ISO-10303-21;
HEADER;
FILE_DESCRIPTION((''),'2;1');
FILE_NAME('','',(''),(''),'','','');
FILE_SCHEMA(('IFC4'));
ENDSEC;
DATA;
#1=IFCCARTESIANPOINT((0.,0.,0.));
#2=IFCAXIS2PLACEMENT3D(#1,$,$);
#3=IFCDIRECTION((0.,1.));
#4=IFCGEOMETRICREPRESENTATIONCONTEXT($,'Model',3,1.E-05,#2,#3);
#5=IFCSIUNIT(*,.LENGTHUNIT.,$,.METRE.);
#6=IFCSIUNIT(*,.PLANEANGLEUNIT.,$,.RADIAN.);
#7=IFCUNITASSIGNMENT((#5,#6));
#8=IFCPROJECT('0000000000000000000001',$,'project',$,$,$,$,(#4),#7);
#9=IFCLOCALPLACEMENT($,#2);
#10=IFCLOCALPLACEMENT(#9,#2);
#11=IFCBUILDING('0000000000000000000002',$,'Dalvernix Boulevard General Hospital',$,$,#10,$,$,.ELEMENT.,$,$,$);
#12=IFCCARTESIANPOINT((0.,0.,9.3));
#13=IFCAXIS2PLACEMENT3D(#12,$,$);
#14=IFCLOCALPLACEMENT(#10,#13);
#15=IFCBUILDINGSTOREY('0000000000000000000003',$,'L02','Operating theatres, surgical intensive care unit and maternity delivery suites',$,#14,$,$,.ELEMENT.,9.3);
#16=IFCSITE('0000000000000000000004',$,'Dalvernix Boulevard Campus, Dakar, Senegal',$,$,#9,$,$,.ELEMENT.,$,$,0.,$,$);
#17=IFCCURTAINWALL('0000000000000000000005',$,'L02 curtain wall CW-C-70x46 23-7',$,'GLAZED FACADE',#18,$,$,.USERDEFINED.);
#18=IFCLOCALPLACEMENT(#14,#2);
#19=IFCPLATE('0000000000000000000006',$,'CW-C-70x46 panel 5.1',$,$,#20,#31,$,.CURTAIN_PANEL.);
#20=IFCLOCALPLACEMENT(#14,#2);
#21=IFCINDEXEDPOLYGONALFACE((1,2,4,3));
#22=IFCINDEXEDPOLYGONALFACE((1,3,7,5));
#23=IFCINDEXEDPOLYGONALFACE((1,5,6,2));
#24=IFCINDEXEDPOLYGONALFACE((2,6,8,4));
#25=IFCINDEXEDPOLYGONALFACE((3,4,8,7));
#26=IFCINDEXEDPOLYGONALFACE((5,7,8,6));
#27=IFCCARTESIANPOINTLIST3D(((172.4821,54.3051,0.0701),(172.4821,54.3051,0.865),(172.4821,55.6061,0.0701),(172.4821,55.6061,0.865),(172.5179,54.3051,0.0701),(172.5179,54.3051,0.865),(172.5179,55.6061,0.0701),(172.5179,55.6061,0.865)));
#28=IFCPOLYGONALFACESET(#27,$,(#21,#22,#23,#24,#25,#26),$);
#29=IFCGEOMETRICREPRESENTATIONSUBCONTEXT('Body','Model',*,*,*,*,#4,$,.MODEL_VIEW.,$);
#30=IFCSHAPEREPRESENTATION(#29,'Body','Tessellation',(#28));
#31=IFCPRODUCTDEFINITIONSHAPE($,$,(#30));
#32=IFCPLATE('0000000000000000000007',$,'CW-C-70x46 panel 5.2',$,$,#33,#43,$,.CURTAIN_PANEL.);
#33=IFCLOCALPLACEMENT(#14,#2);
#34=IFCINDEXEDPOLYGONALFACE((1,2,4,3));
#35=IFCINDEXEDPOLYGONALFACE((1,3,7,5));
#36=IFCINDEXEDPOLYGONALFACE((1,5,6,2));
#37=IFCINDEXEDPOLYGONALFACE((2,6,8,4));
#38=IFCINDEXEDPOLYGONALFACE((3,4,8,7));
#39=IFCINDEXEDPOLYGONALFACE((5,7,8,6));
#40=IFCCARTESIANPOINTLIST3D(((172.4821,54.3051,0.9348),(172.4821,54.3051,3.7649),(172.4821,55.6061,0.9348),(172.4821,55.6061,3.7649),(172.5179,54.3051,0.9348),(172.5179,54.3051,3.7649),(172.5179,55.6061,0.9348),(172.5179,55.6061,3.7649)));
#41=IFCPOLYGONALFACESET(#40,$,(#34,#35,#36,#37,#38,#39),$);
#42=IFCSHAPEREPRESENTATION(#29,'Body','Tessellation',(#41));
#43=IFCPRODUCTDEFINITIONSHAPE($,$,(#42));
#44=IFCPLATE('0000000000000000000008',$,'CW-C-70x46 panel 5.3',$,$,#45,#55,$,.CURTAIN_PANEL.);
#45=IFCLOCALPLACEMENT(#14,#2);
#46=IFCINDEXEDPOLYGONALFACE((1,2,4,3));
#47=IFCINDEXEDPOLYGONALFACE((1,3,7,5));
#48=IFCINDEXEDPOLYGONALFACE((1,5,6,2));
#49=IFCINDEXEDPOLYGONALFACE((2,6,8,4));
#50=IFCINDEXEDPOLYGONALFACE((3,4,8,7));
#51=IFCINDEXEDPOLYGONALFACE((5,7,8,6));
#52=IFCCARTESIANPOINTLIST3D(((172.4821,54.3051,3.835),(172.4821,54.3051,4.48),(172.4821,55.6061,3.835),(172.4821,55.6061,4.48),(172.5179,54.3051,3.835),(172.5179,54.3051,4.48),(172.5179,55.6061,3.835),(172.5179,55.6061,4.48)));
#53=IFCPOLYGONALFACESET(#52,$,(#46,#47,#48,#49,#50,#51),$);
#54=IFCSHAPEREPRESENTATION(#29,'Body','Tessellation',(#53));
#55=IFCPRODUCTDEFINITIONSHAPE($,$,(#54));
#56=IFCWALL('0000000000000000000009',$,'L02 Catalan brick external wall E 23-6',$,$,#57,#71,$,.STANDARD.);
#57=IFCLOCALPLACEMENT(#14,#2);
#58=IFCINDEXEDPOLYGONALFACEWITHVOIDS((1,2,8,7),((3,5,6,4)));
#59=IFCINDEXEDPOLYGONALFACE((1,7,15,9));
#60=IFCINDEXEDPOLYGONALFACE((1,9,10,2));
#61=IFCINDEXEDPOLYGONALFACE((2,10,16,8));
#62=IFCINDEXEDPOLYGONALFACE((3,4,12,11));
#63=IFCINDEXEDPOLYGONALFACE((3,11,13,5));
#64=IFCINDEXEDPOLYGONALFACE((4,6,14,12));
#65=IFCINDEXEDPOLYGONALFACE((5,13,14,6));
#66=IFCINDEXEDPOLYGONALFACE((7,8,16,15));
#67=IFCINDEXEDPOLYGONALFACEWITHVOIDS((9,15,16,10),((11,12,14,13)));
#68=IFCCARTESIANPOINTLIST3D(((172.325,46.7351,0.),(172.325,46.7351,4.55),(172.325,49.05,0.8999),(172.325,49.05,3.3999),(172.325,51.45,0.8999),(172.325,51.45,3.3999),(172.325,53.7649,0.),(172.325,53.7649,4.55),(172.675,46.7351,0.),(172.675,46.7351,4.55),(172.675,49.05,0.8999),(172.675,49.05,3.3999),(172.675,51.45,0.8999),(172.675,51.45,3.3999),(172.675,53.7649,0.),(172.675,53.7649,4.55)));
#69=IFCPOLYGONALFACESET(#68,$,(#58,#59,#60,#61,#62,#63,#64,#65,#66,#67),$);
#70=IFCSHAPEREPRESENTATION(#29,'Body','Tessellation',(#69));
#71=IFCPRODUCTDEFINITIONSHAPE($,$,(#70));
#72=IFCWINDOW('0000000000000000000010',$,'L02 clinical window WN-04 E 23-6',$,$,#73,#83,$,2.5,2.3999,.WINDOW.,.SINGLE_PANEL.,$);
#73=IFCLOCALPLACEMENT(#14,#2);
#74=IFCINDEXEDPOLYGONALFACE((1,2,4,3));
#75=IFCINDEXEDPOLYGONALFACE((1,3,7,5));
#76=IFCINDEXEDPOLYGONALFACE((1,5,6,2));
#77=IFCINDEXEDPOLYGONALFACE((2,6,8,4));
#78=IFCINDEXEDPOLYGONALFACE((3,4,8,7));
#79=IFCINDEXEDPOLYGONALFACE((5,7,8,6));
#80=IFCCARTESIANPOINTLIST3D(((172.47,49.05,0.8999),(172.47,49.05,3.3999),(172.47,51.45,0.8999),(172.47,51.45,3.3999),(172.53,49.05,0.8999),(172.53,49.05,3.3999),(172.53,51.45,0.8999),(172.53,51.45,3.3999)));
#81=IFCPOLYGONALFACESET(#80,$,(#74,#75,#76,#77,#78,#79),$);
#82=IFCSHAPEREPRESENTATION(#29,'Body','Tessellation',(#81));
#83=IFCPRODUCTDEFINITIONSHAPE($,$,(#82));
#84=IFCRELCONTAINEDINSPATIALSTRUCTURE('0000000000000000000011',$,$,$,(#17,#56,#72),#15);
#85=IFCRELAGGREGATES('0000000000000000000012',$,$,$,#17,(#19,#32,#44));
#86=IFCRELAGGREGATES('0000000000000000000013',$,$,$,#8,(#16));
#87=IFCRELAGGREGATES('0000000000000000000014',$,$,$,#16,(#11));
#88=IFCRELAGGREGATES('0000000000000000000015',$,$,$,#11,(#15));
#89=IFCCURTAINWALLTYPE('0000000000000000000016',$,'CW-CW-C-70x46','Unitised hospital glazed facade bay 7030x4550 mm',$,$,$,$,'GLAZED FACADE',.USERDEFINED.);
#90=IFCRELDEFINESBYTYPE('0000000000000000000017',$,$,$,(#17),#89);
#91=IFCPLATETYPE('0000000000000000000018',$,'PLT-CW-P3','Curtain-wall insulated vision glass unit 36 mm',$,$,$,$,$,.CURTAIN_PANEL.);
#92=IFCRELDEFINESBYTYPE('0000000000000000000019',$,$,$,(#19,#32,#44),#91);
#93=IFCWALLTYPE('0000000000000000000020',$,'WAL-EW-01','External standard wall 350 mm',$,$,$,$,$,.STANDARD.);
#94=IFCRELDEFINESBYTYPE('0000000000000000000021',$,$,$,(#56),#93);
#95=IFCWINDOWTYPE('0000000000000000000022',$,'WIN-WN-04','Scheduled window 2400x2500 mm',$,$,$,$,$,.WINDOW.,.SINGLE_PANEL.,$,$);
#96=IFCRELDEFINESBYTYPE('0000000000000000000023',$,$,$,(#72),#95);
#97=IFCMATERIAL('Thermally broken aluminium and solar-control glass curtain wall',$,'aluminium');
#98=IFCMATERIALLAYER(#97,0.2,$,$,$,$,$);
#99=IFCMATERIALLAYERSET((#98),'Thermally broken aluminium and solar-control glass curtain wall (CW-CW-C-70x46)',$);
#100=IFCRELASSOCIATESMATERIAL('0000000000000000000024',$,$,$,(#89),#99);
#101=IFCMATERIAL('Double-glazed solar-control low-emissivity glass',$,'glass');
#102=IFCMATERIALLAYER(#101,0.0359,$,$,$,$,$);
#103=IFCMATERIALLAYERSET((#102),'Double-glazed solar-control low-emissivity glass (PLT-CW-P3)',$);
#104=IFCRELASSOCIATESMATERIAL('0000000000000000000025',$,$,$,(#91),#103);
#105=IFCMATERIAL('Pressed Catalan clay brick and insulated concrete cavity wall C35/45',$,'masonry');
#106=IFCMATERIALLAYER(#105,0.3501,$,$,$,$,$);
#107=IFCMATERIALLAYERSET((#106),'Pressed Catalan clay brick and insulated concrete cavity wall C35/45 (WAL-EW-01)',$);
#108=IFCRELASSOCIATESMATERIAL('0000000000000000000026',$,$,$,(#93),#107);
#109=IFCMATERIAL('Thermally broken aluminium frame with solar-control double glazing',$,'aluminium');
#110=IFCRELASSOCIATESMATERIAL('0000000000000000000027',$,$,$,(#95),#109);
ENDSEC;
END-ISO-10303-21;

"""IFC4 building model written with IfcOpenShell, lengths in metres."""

from ifc_helpers import new_model, si_unit, direction, frame, frame_2d, origin, origin_2d, place, context, subcontext, project, spatial, rectangle, extrude, material, layer, layer_set, type_object, element, fill, aggregate, save


model = new_model("IFC4")

# Units and contexts
model_context = context("Model", 3, precision=1e-05, world=origin(), true_north=direction((0.0, 1.0)))
body_context = subcontext(model_context, "Body", "Model", "MODEL_VIEW")
ifc_project = project(units=[si_unit("LENGTHUNIT", "METRE"), si_unit("PLANEANGLEUNIT", "RADIAN")], contexts=[model_context])

# Site, building, storey
site_placement = place(None, origin())
site = spatial("IfcSite", under=ifc_project, at=site_placement, Name="Dalvernix Boulevard Campus, Dakar, Senegal", CompositionType="ELEMENT", RefElevation=0.0)
building_placement = place(site_placement, origin())
building = spatial("IfcBuilding", under=site, at=building_placement, Name="Dalvernix Boulevard General Hospital", CompositionType="ELEMENT")
storey_placement = place(building_placement, frame((0.0, 0.0, 9.3)))
storey = spatial("IfcBuildingStorey", under=building, at=storey_placement, Name="L02", Description="Operating theatres, surgical intensive care unit and maternity delivery suites", CompositionType="ELEMENT", Elevation=9.3)

# Curtain wall
ifc_material_1 = material(Name="Thermally broken aluminium and solar-control glass curtain wall", Category="aluminium")
ifc_layer_1 = layer(ifc_material_1, 0.2)
ifc_layer_set_1 = layer_set([ifc_layer_1], Name="Thermally broken aluminium and solar-control glass curtain wall (CW-CW-C-70x46)")
curtain_wall_type = type_object("IfcCurtainWallType", Name="CW-CW-C-70x46", Description="Unitised hospital glazed facade bay 7030x4550 mm", ElementType="GLAZED FACADE", PredefinedType="USERDEFINED", material=ifc_layer_set_1)
curtain_wall_placement = place(storey_placement, origin())
curtain_wall = element("IfcCurtainWall", 1, at=curtain_wall_placement, inside=storey, type_object=curtain_wall_type, Name="L02 curtain wall CW-C-70x46 23-7", ObjectType="GLAZED FACADE", PredefinedType="USERDEFINED")

# Plates
ifc_material_2 = material(Name="Double-glazed solar-control low-emissivity glass", Category="glass")
ifc_layer_2 = layer(ifc_material_2, 0.0359)
ifc_layer_set_2 = layer_set([ifc_layer_2], Name="Double-glazed solar-control low-emissivity glass (PLT-CW-P3)")
plate_type = type_object("IfcPlateType", Name="PLT-CW-P3", Description="Curtain-wall insulated vision glass unit 36 mm", PredefinedType="CURTAIN_PANEL", material=ifc_layer_set_2)
plate_1_placement = place(storey_placement, frame((172.5, 54.9556, 0.0701), z_axis=(0.0, 0.0, 1.0), x_axis=(0.0, -1.0, 0.0)))
plate_1 = element("IfcPlate", 2, at=plate_1_placement, type_object=plate_type, Name="CW-C-70x46 panel 5.1", PredefinedType="CURTAIN_PANEL", context=body_context, shape_type="SweptSolid", body=[
    extrude(rectangle(XDim=1.301, YDim=0.0359, at=origin_2d()), origin(), (0.0, 0.0, 1.0), 0.7949),
])
plate_2_placement = place(storey_placement, frame((172.5, 54.9556, 0.9348), z_axis=(0.0, 0.0, 1.0), x_axis=(0.0, -1.0, 0.0)))
plate_2 = element("IfcPlate", 3, at=plate_2_placement, type_object=plate_type, Name="CW-C-70x46 panel 5.2", PredefinedType="CURTAIN_PANEL", context=body_context, shape_type="SweptSolid", body=[
    extrude(rectangle(XDim=1.301, YDim=0.0359, at=origin_2d()), origin(), (0.0, 0.0, 1.0), 2.8301),
])
plate_3_placement = place(storey_placement, frame((172.5, 54.9556, 3.835), z_axis=(0.0, 0.0, 1.0), x_axis=(0.0, -1.0, 0.0)))
plate_3 = element("IfcPlate", 4, at=plate_3_placement, type_object=plate_type, Name="CW-C-70x46 panel 5.3", PredefinedType="CURTAIN_PANEL", context=body_context, shape_type="SweptSolid", body=[
    extrude(rectangle(XDim=1.301, YDim=0.0359, at=origin_2d()), origin(), (0.0, 0.0, 1.0), 0.645),
])
aggregate(curtain_wall, [plate_1, plate_2, plate_3])

# Wall, opening, window
ifc_material_3 = material(Name="Pressed Catalan clay brick and insulated concrete cavity wall C35/45", Category="masonry")
ifc_layer_3 = layer(ifc_material_3, 0.3501)
ifc_layer_set_3 = layer_set([ifc_layer_3], Name="Pressed Catalan clay brick and insulated concrete cavity wall C35/45 (WAL-EW-01)")
wall_type = type_object("IfcWallType", Name="WAL-EW-01", Description="External standard wall 350 mm", PredefinedType="STANDARD", material=ifc_layer_set_3)
wall_placement = place(storey_placement, frame((172.5, 53.7649, 0.0), z_axis=(0.0, 0.0, 1.0), x_axis=(0.0, -1.0, 0.0)))
wall = element("IfcWall", 5, at=wall_placement, inside=storey, type_object=wall_type, Name="L02 Catalan brick external wall E 23-6", PredefinedType="STANDARD", context=body_context, shape_type="SweptSolid", body=[
    extrude(rectangle(XDim=7.0298, YDim=0.3501, at=frame_2d((3.5149, 0.0))), origin(), (0.0, 0.0, 1.0), 4.55),
])
opening_placement = place(wall_placement, frame((2.3149, 0.0, 0.8999)))
opening = element("IfcOpeningElement", 6, at=opening_placement, cuts=wall, PredefinedType="OPENING", context=body_context, shape_type="SweptSolid", body=[
    extrude(rectangle(XDim=2.3999, YDim=2.5, at=frame_2d((1.2, 1.25))), frame((0.0, 0.1851, 0.0), z_axis=(0.0, -1.0, 0.0), x_axis=(1.0, 0.0, 0.0)), (0.0, 0.0, 1.0), 0.3701),
])
ifc_material_4 = material(Name="Thermally broken aluminium frame with solar-control double glazing", Category="aluminium")
window_type = type_object("IfcWindowType", Name="WIN-WN-04", Description="Scheduled window 2400x2500 mm", PartitioningType="SINGLE_PANEL", PredefinedType="WINDOW", material=ifc_material_4)
window_placement = place(opening_placement, origin())
window = element("IfcWindow", 7, at=window_placement, inside=storey, type_object=window_type, Name="L02 clinical window WN-04 E 23-6", OverallHeight=2.5, OverallWidth=2.3999, PartitioningType="SINGLE_PANEL", PredefinedType="WINDOW", context=body_context, shape_type="SweptSolid", body=[
    extrude(rectangle(XDim=2.3999, YDim=2.5, at=frame_2d((1.2, 1.25))), frame((0.0, 0.03, 0.0), z_axis=(0.0, -1.0, 0.0), x_axis=(1.0, 0.0, 0.0)), (0.0, 0.0, 1.0), 0.0601),
])
fill(opening, window)

save(model, "model.ifc")
